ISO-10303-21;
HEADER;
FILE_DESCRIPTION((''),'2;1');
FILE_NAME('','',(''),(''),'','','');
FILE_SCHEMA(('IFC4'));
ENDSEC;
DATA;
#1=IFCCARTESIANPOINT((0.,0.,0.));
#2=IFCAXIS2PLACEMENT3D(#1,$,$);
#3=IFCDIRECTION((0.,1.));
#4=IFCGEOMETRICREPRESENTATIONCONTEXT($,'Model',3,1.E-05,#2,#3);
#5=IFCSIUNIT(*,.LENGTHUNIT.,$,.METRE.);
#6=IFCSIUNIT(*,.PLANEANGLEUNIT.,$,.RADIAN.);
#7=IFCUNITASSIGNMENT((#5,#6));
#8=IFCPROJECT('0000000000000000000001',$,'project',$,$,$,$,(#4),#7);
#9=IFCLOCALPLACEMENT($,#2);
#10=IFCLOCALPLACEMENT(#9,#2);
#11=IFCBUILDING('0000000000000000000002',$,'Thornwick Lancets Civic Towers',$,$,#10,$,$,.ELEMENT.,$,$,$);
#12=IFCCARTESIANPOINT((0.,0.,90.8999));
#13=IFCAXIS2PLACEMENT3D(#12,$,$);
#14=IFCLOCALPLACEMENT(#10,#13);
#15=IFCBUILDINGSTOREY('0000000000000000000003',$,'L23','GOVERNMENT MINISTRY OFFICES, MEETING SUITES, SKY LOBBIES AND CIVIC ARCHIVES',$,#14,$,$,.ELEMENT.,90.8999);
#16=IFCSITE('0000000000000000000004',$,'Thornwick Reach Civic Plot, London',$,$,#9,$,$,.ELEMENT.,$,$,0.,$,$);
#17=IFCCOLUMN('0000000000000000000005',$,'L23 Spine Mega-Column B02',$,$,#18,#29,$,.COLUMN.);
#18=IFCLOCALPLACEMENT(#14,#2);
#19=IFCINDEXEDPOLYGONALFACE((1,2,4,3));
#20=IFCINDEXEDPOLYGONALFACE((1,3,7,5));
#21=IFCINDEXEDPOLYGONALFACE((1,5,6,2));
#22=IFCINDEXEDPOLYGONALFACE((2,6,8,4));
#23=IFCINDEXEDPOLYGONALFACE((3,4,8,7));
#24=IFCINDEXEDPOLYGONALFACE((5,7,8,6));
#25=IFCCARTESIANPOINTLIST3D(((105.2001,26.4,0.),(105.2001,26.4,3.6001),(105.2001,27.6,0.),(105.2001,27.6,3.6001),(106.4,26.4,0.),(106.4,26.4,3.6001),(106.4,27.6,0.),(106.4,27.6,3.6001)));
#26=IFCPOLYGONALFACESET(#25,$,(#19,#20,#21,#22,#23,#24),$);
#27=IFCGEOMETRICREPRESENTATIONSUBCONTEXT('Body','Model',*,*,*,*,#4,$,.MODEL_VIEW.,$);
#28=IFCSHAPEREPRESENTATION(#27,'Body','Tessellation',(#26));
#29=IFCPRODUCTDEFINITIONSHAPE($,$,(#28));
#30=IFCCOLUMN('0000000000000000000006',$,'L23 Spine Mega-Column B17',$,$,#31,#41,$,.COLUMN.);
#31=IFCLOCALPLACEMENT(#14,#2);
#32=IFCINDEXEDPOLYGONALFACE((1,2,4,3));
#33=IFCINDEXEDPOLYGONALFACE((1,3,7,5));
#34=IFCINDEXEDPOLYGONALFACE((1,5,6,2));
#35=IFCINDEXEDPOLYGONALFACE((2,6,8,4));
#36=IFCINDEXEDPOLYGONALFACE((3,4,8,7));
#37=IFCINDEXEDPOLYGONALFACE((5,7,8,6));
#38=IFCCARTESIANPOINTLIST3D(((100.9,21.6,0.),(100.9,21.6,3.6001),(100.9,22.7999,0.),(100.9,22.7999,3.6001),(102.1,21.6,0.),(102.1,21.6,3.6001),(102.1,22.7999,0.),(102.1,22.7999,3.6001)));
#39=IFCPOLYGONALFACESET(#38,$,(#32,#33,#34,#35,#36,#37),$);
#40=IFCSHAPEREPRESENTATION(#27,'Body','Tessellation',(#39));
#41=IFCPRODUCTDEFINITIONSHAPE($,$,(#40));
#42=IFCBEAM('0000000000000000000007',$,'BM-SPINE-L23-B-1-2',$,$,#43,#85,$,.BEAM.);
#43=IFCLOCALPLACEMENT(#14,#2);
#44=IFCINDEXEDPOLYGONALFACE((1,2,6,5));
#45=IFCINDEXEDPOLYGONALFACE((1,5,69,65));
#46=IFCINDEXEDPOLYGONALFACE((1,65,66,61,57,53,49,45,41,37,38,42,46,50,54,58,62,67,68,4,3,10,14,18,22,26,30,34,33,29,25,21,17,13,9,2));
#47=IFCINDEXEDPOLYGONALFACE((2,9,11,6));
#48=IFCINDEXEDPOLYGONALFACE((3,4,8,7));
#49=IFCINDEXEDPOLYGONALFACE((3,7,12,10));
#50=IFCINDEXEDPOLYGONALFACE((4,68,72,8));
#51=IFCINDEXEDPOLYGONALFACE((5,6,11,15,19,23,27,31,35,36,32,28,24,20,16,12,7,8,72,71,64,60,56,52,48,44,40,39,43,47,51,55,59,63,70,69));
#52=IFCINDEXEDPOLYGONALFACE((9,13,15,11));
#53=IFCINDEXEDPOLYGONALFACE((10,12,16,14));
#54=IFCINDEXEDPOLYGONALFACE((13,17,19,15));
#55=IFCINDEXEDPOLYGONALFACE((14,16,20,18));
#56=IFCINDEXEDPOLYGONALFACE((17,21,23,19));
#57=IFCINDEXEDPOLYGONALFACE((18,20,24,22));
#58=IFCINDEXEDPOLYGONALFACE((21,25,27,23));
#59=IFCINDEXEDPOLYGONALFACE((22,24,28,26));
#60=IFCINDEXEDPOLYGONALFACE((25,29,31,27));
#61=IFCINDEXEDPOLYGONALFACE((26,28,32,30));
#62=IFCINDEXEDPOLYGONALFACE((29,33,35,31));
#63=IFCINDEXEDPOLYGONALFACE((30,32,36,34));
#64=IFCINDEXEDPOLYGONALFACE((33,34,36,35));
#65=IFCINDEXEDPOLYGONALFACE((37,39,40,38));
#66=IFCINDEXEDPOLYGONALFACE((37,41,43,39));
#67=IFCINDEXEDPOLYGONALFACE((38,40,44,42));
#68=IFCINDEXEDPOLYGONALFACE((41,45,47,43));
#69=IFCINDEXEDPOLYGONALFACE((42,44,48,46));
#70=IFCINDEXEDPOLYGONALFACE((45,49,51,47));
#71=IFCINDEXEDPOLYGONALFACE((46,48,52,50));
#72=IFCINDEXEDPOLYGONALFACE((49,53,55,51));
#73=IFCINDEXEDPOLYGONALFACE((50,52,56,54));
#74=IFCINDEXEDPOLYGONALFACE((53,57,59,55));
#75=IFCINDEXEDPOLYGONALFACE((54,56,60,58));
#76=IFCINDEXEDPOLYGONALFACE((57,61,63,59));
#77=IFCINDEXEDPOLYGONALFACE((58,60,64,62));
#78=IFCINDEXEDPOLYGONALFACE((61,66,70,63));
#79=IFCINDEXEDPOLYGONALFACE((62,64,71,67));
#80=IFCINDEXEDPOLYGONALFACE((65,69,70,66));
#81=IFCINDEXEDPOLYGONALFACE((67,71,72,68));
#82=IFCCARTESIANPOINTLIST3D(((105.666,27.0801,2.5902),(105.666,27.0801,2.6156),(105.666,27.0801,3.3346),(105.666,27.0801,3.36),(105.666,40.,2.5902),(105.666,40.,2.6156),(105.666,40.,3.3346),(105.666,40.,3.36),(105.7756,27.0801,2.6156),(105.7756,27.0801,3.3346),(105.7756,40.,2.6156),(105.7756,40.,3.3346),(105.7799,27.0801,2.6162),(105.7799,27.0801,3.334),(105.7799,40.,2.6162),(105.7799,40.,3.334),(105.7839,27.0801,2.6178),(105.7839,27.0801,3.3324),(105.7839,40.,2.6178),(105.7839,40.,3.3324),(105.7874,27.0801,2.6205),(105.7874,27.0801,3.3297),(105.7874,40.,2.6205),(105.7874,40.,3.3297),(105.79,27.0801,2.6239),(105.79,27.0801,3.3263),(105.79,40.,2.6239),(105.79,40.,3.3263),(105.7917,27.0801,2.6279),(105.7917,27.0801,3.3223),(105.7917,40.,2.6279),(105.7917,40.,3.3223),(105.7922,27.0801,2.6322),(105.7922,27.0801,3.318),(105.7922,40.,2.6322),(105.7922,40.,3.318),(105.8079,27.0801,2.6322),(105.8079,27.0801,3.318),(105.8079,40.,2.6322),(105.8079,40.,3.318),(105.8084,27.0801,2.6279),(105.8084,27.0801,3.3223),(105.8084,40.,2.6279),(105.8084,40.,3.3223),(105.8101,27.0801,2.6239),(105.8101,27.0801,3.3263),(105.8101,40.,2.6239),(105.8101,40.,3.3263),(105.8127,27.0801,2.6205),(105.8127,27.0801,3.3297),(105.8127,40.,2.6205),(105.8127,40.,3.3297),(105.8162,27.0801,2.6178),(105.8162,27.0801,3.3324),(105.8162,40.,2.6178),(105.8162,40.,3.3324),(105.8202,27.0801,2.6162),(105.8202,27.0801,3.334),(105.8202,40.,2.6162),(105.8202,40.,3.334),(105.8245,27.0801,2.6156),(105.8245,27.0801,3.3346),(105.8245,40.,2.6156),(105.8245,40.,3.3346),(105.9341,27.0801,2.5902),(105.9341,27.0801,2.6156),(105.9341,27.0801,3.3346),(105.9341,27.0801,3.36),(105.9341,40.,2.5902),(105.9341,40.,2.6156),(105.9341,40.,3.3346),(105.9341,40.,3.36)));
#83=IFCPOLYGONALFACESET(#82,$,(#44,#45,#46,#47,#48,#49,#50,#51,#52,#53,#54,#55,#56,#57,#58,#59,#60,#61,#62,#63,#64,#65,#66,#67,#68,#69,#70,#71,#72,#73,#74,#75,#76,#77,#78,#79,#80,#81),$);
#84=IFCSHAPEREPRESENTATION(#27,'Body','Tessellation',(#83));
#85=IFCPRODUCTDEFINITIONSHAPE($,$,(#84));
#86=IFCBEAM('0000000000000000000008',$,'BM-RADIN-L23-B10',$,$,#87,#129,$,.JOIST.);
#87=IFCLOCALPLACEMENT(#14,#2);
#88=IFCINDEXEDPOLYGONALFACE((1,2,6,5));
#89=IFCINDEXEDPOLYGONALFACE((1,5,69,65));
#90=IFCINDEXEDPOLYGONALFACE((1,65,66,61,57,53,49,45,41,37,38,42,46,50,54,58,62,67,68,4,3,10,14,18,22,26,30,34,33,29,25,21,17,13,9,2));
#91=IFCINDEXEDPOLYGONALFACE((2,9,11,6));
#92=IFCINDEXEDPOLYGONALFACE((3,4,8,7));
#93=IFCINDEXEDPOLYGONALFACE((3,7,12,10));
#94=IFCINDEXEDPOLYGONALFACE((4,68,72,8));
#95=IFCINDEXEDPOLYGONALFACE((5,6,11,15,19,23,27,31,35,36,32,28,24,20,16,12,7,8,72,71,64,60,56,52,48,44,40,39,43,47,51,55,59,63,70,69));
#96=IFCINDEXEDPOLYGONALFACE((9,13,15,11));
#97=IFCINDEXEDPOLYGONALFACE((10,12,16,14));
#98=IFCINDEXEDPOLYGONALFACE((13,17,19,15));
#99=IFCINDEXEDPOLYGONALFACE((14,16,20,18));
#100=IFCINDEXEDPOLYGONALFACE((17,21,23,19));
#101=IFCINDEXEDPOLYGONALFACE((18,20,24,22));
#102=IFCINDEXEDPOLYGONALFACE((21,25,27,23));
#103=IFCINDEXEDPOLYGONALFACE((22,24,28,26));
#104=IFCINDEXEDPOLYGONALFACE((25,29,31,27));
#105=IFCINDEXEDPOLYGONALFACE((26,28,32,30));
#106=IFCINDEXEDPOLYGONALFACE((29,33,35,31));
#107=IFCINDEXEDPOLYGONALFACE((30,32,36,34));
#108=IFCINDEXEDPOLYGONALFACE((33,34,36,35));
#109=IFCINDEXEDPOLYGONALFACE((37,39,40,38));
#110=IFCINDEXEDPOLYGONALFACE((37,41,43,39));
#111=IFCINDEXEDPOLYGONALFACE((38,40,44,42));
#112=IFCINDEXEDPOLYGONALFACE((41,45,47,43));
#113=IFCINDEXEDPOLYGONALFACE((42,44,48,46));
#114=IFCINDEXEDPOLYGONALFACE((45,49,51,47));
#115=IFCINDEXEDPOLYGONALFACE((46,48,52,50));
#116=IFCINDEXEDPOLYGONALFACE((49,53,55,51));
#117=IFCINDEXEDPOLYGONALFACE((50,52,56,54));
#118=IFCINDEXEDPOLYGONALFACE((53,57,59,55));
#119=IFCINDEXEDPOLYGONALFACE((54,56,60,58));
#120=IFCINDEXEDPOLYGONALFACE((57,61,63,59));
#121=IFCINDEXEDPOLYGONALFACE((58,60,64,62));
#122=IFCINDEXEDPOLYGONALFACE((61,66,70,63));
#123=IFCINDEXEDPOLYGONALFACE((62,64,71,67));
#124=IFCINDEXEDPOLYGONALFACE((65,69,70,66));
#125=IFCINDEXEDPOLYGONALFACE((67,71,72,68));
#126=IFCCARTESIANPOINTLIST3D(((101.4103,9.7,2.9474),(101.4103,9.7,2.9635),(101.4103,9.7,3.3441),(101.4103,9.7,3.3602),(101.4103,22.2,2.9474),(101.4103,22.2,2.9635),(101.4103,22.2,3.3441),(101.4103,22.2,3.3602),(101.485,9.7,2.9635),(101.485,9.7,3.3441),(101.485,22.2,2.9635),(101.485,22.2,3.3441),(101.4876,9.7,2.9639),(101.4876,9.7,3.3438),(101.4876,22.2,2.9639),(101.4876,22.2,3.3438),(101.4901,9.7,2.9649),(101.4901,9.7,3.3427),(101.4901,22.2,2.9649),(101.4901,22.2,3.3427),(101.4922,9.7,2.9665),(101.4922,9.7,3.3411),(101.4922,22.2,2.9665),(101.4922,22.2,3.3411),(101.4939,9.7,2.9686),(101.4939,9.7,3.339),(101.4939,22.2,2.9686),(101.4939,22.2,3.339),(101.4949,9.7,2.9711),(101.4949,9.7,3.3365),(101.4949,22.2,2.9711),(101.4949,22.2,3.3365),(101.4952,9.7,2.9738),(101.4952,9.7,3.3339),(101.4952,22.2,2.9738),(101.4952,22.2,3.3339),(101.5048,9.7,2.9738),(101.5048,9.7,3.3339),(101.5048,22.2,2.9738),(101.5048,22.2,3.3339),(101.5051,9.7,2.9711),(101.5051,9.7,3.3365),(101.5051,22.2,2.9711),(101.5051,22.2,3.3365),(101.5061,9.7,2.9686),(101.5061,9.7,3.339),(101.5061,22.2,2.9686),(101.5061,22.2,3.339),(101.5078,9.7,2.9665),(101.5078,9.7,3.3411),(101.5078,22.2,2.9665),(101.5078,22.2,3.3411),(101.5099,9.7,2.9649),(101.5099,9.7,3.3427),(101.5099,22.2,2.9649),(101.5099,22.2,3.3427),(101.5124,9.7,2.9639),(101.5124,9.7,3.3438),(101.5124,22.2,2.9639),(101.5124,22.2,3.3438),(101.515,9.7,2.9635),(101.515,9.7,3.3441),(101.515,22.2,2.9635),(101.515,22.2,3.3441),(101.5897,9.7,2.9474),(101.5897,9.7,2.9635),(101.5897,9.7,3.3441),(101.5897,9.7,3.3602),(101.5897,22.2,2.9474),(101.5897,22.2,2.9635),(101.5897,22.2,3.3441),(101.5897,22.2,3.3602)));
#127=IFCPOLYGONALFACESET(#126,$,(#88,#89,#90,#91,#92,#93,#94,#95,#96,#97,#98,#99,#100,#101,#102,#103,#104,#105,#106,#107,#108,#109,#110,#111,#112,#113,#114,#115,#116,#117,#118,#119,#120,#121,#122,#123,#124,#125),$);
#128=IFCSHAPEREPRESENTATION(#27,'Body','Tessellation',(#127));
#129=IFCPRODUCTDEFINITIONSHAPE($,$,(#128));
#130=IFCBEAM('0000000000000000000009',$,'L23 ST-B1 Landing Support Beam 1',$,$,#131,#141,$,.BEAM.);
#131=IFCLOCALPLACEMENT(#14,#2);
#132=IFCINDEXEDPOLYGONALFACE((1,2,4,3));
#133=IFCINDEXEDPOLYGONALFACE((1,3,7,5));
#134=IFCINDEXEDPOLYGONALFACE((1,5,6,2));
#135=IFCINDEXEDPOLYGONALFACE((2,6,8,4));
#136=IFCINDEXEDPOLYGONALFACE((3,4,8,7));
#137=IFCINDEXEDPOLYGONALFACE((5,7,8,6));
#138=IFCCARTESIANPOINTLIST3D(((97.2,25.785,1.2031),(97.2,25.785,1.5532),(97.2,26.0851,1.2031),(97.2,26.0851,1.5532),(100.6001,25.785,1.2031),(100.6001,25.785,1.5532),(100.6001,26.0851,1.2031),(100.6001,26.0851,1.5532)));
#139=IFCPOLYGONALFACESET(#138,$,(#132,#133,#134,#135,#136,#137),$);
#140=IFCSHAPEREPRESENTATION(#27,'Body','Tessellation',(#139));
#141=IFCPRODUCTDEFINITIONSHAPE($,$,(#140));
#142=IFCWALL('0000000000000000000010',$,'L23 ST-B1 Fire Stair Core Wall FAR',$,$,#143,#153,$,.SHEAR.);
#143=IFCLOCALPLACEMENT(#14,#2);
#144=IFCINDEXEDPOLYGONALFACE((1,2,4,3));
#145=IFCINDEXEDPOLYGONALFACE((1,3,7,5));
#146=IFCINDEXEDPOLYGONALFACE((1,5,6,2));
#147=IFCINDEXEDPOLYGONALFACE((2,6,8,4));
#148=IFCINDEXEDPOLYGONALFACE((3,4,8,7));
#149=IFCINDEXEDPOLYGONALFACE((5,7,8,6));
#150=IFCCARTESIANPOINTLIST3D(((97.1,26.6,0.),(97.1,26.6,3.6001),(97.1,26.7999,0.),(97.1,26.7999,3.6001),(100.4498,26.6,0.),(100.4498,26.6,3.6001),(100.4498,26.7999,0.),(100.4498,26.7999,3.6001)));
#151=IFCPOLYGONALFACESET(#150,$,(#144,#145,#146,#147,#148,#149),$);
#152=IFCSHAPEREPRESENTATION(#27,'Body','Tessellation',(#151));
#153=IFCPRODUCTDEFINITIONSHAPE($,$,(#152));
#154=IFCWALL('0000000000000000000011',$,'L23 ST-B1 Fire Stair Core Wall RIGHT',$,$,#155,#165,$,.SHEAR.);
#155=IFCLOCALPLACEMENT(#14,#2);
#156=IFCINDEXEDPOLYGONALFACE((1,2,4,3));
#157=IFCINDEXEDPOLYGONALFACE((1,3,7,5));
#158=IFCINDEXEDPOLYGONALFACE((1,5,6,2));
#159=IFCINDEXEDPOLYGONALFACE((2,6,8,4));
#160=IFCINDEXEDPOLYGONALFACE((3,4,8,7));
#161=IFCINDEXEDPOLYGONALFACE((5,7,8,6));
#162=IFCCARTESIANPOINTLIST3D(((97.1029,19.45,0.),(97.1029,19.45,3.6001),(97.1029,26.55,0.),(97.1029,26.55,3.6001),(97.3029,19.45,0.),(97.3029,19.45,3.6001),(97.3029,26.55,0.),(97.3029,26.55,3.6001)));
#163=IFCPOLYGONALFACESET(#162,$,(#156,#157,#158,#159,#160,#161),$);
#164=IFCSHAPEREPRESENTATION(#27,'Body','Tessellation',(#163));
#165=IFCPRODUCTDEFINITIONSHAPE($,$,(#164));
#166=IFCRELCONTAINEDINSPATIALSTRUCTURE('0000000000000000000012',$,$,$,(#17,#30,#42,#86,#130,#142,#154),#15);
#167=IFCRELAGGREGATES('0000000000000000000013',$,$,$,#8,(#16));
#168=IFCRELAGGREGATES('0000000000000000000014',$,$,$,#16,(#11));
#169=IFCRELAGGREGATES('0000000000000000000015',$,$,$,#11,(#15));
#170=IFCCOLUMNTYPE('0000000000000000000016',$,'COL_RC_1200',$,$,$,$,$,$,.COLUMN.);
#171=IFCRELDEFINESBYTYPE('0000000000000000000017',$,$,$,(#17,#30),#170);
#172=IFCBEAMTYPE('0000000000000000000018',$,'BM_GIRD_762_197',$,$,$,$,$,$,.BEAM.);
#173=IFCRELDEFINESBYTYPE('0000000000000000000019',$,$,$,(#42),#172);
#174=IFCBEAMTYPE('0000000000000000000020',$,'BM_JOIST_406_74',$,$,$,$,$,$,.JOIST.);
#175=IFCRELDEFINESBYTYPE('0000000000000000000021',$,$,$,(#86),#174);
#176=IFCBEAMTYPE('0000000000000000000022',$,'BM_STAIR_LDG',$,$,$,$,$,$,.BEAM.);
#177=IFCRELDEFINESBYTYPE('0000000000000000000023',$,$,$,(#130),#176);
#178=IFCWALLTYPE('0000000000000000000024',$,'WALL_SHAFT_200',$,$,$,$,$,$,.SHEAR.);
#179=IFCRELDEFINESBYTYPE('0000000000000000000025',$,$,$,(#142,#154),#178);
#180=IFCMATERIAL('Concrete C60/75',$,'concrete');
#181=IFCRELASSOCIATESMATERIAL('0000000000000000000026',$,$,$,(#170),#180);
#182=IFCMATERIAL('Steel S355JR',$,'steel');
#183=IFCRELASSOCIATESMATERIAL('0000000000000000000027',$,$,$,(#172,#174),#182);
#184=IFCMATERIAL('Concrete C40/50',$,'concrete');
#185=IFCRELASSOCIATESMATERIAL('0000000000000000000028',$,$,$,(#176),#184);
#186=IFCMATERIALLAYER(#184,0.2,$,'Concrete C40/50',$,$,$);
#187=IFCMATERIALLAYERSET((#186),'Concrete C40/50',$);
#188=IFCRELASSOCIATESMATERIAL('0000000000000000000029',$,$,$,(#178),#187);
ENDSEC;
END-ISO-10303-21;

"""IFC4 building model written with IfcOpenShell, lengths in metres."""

from ifc_helpers import new_model, si_unit, direction, frame, frame_2d, origin, origin_2d, place, context, subcontext, project, spatial, rectangle, i_section, extrude, material, layer, layer_set, material_profile, profile_set, type_object, element, save


model = new_model("IFC4")

# Units and contexts
model_context = context("Model", 3, precision=1e-05, world=origin(), true_north=direction((0.0, 1.0)))
body_context = subcontext(model_context, "Body", "Model", "MODEL_VIEW")
ifc_project = project(units=[si_unit("LENGTHUNIT", "METRE"), si_unit("PLANEANGLEUNIT", "RADIAN")], contexts=[model_context])

# Site, building, storey
site_placement = place(None, origin())
site = spatial("IfcSite", under=ifc_project, at=site_placement, Name="Thornwick Reach Civic Plot, London", CompositionType="ELEMENT", RefElevation=0.0)
building_placement = place(site_placement, origin())
building = spatial("IfcBuilding", under=site, at=building_placement, Name="Thornwick Lancets Civic Towers", CompositionType="ELEMENT")
storey_placement = place(building_placement, frame((0.0, 0.0, 90.8999)))
storey = spatial("IfcBuildingStorey", under=building, at=storey_placement, Name="L23", Description="GOVERNMENT MINISTRY OFFICES, MEETING SUITES, SKY LOBBIES AND CIVIC ARCHIVES", CompositionType="ELEMENT", Elevation=90.8999)

# Columns
ifc_material_1 = material(Name="Concrete C60/75", Category="concrete")
ifc_material_profile_1 = material_profile(ifc_material_1, rectangle(XDim=1.2, YDim=1.2, at=origin_2d()), Name="RC 1200x1200")
ifc_profile_set_1 = profile_set([ifc_material_profile_1], Name="Concrete C60/75")
column_type = type_object("IfcColumnType", Name="COL_RC_1200", PredefinedType="COLUMN", material=ifc_profile_set_1)
for number, where, z_axis, x_axis, name in (
    (1, (105.8, 27.0, 0.0), (0.0, 0.0, 1.0), (1.0, 0.0, 0.0), "L23 Spine Mega-Column B02"),
    (2, (101.5, 22.2, 0.0), (0.0, 0.0, 1.0), (1.0, 0.0, 0.0), "L23 Spine Mega-Column B17"),
):
    element("IfcColumn", number, at=place(storey_placement, frame(where, z_axis=z_axis, x_axis=x_axis)), inside=storey, type_object=column_type, Name=name, PredefinedType="COLUMN", context=body_context, shape_type="SweptSolid", body=[
        extrude(rectangle(XDim=1.2, YDim=1.2, at=origin_2d()), origin(), (0.0, 0.0, 1.0), 3.6001),
    ])

# Beams
ifc_material_2 = material(Name="Steel S355JR", Category="steel")
ifc_material_profile_2 = material_profile(ifc_material_2, i_section(OverallWidth=0.2681, OverallDepth=0.7698, WebThickness=0.0156, FlangeThickness=0.0254, FilletRadius=0.0166, at=origin_2d()), Name="UKB 762x267x197")
ifc_profile_set_2 = profile_set([ifc_material_profile_2], Name="Steel S355JR")
beam_type_1 = type_object("IfcBeamType", Name="BM_GIRD_762_197", PredefinedType="BEAM", material=ifc_profile_set_2)
beam_1_placement = place(storey_placement, frame((105.8, 27.0801, 2.9751), z_axis=(0.0, 1.0, 0.0), x_axis=(-1.0, 0.0, 0.0)))
element("IfcBeam", 3, at=beam_1_placement, inside=storey, type_object=beam_type_1, Name="BM-SPINE-L23-B-1-2", PredefinedType="BEAM", context=body_context, shape_type="SweptSolid", body=[
    extrude(i_section(OverallWidth=0.2681, OverallDepth=0.7698, WebThickness=0.0156, FlangeThickness=0.0254, FilletRadius=0.0166, at=origin_2d()), origin(), (0.0, 0.0, 1.0), 12.9199),
])
ifc_material_profile_3 = material_profile(ifc_material_2, i_section(OverallWidth=0.1794, OverallDepth=0.4128, WebThickness=0.0095, FlangeThickness=0.0161, FilletRadius=0.0103, at=origin_2d()), Name="UKB 406x178x74")
ifc_profile_set_3 = profile_set([ifc_material_profile_3], Name="Steel S355JR")
beam_type_2 = type_object("IfcBeamType", Name="BM_JOIST_406_74", PredefinedType="JOIST", material=ifc_profile_set_3)
beam_2_placement = place(storey_placement, frame((101.5, 22.2, 3.1538), z_axis=(0.0, -1.0, 0.0), x_axis=(1.0, 0.0, 0.0)))
element("IfcBeam", 4, at=beam_2_placement, inside=storey, type_object=beam_type_2, Name="BM-RADIN-L23-B10", PredefinedType="JOIST", context=body_context, shape_type="SweptSolid", body=[
    extrude(i_section(OverallWidth=0.1794, OverallDepth=0.4128, WebThickness=0.0095, FlangeThickness=0.0161, FilletRadius=0.0103, at=origin_2d()), origin(), (0.0, 0.0, 1.0), 12.5),
])
ifc_material_3 = material(Name="Concrete C40/50", Category="concrete")
ifc_material_profile_4 = material_profile(ifc_material_3, rectangle(XDim=0.3, YDim=0.3501, at=origin_2d()), Name="RC 300x350")
ifc_profile_set_4 = profile_set([ifc_material_profile_4], Name="Concrete C40/50")
beam_type_3 = type_object("IfcBeamType", Name="BM_STAIR_LDG", PredefinedType="BEAM", material=ifc_profile_set_4)
beam_3_placement = place(storey_placement, frame((100.6001, 25.9351, 1.3782), z_axis=(-1.0, 0.0, 0.0), x_axis=(0.0, -1.0, 0.0)))
element("IfcBeam", 5, at=beam_3_placement, inside=storey, type_object=beam_type_3, Name="L23 ST-B1 Landing Support Beam 1", PredefinedType="BEAM", context=body_context, shape_type="SweptSolid", body=[
    extrude(rectangle(XDim=0.3, YDim=0.3501, at=origin_2d()), origin(), (0.0, 0.0, 1.0), 3.4001),
])

# Walls
ifc_layer = layer(ifc_material_3, 0.2, Name="Concrete C40/50")
ifc_layer_set = layer_set([ifc_layer], Name="Concrete C40/50")
wall_type = type_object("IfcWallType", Name="WALL_SHAFT_200", PredefinedType="SHEAR", material=ifc_layer_set)
wall_1_placement = place(storey_placement, frame((97.1001, 26.7, 0.0), z_axis=(0.0, 0.0, 1.0), x_axis=(1.0, 0.0, 0.0)))
element("IfcWall", 6, at=wall_1_placement, inside=storey, type_object=wall_type, Name="L23 ST-B1 Fire Stair Core Wall FAR", PredefinedType="SHEAR", context=body_context, shape_type="SweptSolid", body=[
    extrude(rectangle(XDim=3.3499, YDim=0.2, at=frame_2d((1.6748, 0.0))), origin(), (0.0, 0.0, 1.0), 3.6001),
])
wall_2_placement = place(storey_placement, frame((97.2029, 26.55, 0.0), z_axis=(0.0, 0.0, 1.0), x_axis=(0.0, -1.0, 0.0)))
element("IfcWall", 7, at=wall_2_placement, inside=storey, type_object=wall_type, Name="L23 ST-B1 Fire Stair Core Wall RIGHT", PredefinedType="SHEAR", context=body_context, shape_type="SweptSolid", body=[
    extrude(rectangle(XDim=7.1001, YDim=0.2, at=frame_2d((3.55, 0.0))), origin(), (0.0, 0.0, 1.0), 3.6001),
])

save(model, "model.ifc")
